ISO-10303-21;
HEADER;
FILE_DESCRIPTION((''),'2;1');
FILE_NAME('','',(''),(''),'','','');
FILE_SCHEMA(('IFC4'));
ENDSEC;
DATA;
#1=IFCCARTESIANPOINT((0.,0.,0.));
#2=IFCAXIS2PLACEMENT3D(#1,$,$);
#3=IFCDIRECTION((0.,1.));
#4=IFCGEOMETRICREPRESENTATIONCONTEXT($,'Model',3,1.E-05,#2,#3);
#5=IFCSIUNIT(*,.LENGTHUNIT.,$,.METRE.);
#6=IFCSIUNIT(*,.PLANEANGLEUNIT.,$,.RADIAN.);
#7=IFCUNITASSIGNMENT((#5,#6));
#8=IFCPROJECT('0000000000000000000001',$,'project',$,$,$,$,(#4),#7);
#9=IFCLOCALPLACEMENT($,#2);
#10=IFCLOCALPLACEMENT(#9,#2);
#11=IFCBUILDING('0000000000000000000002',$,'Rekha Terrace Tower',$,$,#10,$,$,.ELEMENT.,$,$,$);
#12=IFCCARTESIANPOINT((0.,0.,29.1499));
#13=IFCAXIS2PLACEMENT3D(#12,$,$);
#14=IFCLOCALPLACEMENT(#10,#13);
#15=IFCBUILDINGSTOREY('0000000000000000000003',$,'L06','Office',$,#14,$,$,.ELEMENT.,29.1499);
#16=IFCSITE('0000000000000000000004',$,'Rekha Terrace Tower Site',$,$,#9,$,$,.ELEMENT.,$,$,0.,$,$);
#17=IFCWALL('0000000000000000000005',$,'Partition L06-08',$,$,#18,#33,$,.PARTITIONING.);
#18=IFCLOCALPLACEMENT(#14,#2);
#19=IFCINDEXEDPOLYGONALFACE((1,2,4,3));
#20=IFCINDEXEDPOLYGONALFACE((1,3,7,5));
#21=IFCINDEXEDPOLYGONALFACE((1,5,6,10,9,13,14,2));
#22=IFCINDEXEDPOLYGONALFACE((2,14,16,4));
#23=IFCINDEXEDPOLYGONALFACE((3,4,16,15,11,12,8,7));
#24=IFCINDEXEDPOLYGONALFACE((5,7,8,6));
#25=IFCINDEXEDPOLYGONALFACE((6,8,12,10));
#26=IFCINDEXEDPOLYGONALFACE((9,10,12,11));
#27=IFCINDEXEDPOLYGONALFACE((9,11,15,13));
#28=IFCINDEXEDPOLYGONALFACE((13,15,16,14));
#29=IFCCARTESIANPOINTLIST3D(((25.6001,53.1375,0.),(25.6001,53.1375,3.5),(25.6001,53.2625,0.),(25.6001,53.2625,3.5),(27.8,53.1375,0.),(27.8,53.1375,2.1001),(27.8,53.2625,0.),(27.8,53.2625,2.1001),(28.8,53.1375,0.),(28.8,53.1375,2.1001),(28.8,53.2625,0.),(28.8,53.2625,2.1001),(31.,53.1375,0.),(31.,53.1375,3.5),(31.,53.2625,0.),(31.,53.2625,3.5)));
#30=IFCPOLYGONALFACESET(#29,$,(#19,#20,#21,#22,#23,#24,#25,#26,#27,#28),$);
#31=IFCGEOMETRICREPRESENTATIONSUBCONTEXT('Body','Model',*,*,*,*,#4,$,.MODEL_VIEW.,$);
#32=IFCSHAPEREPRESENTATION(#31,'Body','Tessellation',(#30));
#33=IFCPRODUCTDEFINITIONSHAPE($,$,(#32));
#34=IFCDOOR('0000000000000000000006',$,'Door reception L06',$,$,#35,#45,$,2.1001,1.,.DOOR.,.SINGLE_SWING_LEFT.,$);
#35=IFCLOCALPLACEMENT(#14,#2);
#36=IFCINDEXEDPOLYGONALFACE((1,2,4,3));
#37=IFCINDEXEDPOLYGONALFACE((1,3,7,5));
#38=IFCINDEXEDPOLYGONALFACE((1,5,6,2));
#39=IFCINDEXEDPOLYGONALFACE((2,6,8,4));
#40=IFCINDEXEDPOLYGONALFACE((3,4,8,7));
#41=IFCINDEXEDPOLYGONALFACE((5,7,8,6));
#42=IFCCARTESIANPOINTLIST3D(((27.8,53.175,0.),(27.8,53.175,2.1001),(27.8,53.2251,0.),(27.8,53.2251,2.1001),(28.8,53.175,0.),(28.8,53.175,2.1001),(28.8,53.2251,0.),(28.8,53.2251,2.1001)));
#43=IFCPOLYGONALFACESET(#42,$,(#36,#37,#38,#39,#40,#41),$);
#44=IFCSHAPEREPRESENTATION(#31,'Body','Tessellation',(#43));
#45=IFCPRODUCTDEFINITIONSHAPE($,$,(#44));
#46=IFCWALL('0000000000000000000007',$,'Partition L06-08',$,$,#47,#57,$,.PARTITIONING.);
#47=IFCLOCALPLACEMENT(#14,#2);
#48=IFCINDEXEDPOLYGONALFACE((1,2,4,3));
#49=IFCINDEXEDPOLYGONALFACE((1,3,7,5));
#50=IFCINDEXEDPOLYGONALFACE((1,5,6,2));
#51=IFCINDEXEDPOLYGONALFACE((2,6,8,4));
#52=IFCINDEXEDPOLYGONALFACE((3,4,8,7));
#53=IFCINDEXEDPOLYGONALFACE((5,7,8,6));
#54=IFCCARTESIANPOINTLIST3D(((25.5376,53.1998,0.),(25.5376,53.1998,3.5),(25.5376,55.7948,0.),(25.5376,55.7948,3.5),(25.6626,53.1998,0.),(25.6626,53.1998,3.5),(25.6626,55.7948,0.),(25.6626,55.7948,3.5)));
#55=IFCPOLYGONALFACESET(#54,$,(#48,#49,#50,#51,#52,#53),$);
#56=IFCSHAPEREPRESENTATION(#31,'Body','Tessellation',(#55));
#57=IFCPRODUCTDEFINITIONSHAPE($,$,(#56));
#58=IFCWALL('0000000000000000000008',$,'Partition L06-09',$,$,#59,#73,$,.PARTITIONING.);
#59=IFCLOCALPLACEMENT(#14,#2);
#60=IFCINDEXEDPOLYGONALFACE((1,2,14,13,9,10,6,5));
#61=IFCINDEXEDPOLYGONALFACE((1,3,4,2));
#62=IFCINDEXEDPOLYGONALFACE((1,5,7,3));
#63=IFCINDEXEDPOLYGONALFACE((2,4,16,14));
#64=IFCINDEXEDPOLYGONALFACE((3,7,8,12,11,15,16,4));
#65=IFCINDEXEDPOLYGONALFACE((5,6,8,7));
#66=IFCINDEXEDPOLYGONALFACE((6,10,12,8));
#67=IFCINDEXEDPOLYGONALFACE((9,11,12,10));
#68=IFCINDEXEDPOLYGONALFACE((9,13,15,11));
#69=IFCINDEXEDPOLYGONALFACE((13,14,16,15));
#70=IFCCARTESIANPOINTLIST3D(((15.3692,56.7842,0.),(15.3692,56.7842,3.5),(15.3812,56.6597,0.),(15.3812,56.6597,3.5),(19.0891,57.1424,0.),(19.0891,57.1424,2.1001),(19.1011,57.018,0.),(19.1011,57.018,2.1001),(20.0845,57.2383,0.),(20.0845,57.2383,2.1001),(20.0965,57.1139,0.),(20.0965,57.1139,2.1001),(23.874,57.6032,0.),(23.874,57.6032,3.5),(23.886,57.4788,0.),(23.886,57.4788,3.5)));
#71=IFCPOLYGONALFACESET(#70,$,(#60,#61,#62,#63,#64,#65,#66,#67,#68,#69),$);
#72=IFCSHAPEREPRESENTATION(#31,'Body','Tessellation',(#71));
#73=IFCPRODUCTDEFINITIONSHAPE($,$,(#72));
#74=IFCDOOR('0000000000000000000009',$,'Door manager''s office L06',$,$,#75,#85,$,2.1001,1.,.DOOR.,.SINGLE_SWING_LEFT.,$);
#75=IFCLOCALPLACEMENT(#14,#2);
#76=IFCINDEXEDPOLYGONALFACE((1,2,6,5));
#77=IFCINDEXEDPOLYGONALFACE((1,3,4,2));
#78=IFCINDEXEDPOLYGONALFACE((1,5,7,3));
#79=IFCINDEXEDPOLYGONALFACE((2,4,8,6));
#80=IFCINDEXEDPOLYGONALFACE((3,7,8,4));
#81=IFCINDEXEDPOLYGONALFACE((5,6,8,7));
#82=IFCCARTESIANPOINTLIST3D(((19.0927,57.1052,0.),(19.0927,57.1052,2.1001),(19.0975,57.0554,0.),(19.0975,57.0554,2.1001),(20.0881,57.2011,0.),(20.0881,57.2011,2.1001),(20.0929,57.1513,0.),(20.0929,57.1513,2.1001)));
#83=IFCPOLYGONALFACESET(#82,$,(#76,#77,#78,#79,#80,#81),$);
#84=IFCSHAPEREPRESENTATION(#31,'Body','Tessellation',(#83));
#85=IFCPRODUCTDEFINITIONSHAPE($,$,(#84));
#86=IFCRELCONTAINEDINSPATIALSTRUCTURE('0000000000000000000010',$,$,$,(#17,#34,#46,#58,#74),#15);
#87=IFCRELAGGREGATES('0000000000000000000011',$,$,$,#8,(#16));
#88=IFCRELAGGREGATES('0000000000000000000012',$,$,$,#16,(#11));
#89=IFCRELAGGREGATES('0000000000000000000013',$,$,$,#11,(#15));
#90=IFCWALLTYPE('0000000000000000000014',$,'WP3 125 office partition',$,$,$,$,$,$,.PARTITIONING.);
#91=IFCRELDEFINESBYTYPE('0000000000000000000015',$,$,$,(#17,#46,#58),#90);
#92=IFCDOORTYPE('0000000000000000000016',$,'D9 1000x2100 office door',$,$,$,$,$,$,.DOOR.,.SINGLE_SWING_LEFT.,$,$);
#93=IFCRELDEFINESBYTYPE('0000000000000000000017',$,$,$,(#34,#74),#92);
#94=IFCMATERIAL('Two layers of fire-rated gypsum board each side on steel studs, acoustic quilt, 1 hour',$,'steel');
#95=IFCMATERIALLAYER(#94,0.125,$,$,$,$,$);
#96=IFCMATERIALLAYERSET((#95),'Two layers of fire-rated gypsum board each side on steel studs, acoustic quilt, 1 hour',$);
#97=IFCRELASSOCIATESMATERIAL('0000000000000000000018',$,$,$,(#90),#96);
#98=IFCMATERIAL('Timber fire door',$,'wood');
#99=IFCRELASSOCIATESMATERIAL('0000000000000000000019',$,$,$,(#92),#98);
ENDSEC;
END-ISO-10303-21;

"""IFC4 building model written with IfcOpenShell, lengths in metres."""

from ifc_helpers import new_model, si_unit, direction, frame, frame_2d, origin, place, context, subcontext, project, spatial, rectangle, extrude, material, layer, layer_set, type_object, element, fill, save


model = new_model("IFC4")

# Units and contexts
model_context = context("Model", 3, precision=1e-05, world=origin(), true_north=direction((0.0, 1.0)))
body_context = subcontext(model_context, "Body", "Model", "MODEL_VIEW")
ifc_project = project(units=[si_unit("LENGTHUNIT", "METRE"), si_unit("PLANEANGLEUNIT", "RADIAN")], contexts=[model_context])

# Site, building, storey
site_placement = place(None, origin())
site = spatial("IfcSite", under=ifc_project, at=site_placement, Name="Rekha Terrace Tower Site", CompositionType="ELEMENT", RefElevation=0.0)
building_placement = place(site_placement, origin())
building = spatial("IfcBuilding", under=site, at=building_placement, Name="Rekha Terrace Tower", CompositionType="ELEMENT")
storey_placement = place(building_placement, frame((0.0, 0.0, 29.1499)))
storey = spatial("IfcBuildingStorey", under=building, at=storey_placement, Name="L06", Description="Office", CompositionType="ELEMENT", Elevation=29.1499)

# Shared definitions
ifc_material_1 = material(Name="Two layers of fire-rated gypsum board each side on steel studs, acoustic quilt, 1 hour", Category="steel")
ifc_layer_1 = layer(ifc_material_1, 0.125)
ifc_layer_set_1 = layer_set([ifc_layer_1], Name="Two layers of fire-rated gypsum board each side on steel studs, acoustic quilt, 1 hour")
wall_type_1 = type_object("IfcWallType", Name="WP3 125 office partition", PredefinedType="PARTITIONING", material=ifc_layer_set_1)

# Wall, opening, door
wall_1_placement = place(storey_placement, frame((31.0, 53.2, 0.0), z_axis=(0.0, 0.0, 1.0), x_axis=(-1.0, 0.0, 0.0)))
wall_1 = element("IfcWall", 1, at=wall_1_placement, inside=storey, type_object=wall_type_1, Name="Partition L06-08", PredefinedType="PARTITIONING", context=body_context, shape_type="SweptSolid", body=[
    extrude(rectangle(XDim=5.3999, YDim=0.125, at=frame_2d((2.7, 0.0))), origin(), (0.0, 0.0, 1.0), 3.5),
])
opening_1_placement = place(wall_1_placement, frame((2.2, 0.0, 0.0)))
opening_1 = element("IfcOpeningElement", 2, at=opening_1_placement, cuts=wall_1, PredefinedType="OPENING", context=body_context, shape_type="SweptSolid", body=[
    extrude(rectangle(XDim=1.0, YDim=2.1001, at=frame_2d((0.5, 1.05))), frame((0.0, 0.0725, 0.0), z_axis=(0.0, -1.0, 0.0), x_axis=(1.0, 0.0, 0.0)), (0.0, 0.0, 1.0), 0.145),
])
ifc_material_2 = material(Name="Timber fire door", Category="wood")
door_type = type_object("IfcDoorType", Name="D9 1000x2100 office door", OperationType="SINGLE_SWING_LEFT", PredefinedType="DOOR", material=ifc_material_2)
door_1_placement = place(opening_1_placement, origin())
door_1 = element("IfcDoor", 3, at=door_1_placement, inside=storey, type_object=door_type, Name="Door reception L06", OperationType="SINGLE_SWING_LEFT", OverallHeight=2.1001, OverallWidth=1.0, PredefinedType="DOOR", context=body_context, shape_type="SweptSolid", body=[
    extrude(rectangle(XDim=1.0, YDim=2.1001, at=frame_2d((0.5, 1.05))), frame((0.0, 0.0249, 0.0), z_axis=(0.0, -1.0, 0.0), x_axis=(1.0, 0.0, 0.0)), (0.0, 0.0, 1.0), 0.05),
])
fill(opening_1, door_1)

# Wall
wall_2_placement = place(storey_placement, frame((25.6001, 53.2, 0.0), z_axis=(0.0, 0.0, 1.0), x_axis=(0.0, 1.0, 0.0)))
element("IfcWall", 4, at=wall_2_placement, inside=storey, type_object=wall_type_1, Name="Partition L06-08", PredefinedType="PARTITIONING", context=body_context, shape_type="SweptSolid", body=[
    extrude(rectangle(XDim=2.595, YDim=0.125, at=frame_2d((1.2974, 0.0))), origin(), (0.0, 0.0, 1.0), 3.5),
])

# Wall, opening, door
wall_3_placement = place(storey_placement, frame((23.8799, 57.541, 0.0), z_axis=(0.0, 0.0, 1.0), x_axis=(-0.995394, -0.095865, 0.0)))
wall_3 = element("IfcWall", 5, at=wall_3_placement, inside=storey, type_object=wall_type_1, Name="Partition L06-09", PredefinedType="PARTITIONING", context=body_context, shape_type="SweptSolid", body=[
    extrude(rectangle(XDim=8.5442, YDim=0.125, at=frame_2d((4.272, 0.0))), origin(), (0.0, 0.0, 1.0), 3.5),
])
opening_2_placement = place(wall_3_placement, frame((3.8069, 0.0, 0.0)))
opening_2 = element("IfcOpeningElement", 6, at=opening_2_placement, cuts=wall_3, PredefinedType="OPENING", context=body_context, shape_type="SweptSolid", body=[
    extrude(rectangle(XDim=1.0, YDim=2.1001, at=frame_2d((0.5, 1.05))), frame((0.0, 0.0725, 0.0), z_axis=(0.0, -1.0, 0.0), x_axis=(1.0, 0.0, 0.0)), (0.0, 0.0, 1.0), 0.145),
])
door_2_placement = place(opening_2_placement, origin())
door_2 = element("IfcDoor", 7, at=door_2_placement, inside=storey, type_object=door_type, Name="Door manager's office L06", OperationType="SINGLE_SWING_LEFT", OverallHeight=2.1001, OverallWidth=1.0, PredefinedType="DOOR", context=body_context, shape_type="SweptSolid", body=[
    extrude(rectangle(XDim=1.0, YDim=2.1001, at=frame_2d((0.5, 1.05))), frame((0.0, 0.0249, 0.0), z_axis=(0.0, -1.0, 0.0), x_axis=(1.0, 0.0, 0.0)), (0.0, 0.0, 1.0), 0.05),
])
fill(opening_2, door_2)

save(model, "model.ifc")
